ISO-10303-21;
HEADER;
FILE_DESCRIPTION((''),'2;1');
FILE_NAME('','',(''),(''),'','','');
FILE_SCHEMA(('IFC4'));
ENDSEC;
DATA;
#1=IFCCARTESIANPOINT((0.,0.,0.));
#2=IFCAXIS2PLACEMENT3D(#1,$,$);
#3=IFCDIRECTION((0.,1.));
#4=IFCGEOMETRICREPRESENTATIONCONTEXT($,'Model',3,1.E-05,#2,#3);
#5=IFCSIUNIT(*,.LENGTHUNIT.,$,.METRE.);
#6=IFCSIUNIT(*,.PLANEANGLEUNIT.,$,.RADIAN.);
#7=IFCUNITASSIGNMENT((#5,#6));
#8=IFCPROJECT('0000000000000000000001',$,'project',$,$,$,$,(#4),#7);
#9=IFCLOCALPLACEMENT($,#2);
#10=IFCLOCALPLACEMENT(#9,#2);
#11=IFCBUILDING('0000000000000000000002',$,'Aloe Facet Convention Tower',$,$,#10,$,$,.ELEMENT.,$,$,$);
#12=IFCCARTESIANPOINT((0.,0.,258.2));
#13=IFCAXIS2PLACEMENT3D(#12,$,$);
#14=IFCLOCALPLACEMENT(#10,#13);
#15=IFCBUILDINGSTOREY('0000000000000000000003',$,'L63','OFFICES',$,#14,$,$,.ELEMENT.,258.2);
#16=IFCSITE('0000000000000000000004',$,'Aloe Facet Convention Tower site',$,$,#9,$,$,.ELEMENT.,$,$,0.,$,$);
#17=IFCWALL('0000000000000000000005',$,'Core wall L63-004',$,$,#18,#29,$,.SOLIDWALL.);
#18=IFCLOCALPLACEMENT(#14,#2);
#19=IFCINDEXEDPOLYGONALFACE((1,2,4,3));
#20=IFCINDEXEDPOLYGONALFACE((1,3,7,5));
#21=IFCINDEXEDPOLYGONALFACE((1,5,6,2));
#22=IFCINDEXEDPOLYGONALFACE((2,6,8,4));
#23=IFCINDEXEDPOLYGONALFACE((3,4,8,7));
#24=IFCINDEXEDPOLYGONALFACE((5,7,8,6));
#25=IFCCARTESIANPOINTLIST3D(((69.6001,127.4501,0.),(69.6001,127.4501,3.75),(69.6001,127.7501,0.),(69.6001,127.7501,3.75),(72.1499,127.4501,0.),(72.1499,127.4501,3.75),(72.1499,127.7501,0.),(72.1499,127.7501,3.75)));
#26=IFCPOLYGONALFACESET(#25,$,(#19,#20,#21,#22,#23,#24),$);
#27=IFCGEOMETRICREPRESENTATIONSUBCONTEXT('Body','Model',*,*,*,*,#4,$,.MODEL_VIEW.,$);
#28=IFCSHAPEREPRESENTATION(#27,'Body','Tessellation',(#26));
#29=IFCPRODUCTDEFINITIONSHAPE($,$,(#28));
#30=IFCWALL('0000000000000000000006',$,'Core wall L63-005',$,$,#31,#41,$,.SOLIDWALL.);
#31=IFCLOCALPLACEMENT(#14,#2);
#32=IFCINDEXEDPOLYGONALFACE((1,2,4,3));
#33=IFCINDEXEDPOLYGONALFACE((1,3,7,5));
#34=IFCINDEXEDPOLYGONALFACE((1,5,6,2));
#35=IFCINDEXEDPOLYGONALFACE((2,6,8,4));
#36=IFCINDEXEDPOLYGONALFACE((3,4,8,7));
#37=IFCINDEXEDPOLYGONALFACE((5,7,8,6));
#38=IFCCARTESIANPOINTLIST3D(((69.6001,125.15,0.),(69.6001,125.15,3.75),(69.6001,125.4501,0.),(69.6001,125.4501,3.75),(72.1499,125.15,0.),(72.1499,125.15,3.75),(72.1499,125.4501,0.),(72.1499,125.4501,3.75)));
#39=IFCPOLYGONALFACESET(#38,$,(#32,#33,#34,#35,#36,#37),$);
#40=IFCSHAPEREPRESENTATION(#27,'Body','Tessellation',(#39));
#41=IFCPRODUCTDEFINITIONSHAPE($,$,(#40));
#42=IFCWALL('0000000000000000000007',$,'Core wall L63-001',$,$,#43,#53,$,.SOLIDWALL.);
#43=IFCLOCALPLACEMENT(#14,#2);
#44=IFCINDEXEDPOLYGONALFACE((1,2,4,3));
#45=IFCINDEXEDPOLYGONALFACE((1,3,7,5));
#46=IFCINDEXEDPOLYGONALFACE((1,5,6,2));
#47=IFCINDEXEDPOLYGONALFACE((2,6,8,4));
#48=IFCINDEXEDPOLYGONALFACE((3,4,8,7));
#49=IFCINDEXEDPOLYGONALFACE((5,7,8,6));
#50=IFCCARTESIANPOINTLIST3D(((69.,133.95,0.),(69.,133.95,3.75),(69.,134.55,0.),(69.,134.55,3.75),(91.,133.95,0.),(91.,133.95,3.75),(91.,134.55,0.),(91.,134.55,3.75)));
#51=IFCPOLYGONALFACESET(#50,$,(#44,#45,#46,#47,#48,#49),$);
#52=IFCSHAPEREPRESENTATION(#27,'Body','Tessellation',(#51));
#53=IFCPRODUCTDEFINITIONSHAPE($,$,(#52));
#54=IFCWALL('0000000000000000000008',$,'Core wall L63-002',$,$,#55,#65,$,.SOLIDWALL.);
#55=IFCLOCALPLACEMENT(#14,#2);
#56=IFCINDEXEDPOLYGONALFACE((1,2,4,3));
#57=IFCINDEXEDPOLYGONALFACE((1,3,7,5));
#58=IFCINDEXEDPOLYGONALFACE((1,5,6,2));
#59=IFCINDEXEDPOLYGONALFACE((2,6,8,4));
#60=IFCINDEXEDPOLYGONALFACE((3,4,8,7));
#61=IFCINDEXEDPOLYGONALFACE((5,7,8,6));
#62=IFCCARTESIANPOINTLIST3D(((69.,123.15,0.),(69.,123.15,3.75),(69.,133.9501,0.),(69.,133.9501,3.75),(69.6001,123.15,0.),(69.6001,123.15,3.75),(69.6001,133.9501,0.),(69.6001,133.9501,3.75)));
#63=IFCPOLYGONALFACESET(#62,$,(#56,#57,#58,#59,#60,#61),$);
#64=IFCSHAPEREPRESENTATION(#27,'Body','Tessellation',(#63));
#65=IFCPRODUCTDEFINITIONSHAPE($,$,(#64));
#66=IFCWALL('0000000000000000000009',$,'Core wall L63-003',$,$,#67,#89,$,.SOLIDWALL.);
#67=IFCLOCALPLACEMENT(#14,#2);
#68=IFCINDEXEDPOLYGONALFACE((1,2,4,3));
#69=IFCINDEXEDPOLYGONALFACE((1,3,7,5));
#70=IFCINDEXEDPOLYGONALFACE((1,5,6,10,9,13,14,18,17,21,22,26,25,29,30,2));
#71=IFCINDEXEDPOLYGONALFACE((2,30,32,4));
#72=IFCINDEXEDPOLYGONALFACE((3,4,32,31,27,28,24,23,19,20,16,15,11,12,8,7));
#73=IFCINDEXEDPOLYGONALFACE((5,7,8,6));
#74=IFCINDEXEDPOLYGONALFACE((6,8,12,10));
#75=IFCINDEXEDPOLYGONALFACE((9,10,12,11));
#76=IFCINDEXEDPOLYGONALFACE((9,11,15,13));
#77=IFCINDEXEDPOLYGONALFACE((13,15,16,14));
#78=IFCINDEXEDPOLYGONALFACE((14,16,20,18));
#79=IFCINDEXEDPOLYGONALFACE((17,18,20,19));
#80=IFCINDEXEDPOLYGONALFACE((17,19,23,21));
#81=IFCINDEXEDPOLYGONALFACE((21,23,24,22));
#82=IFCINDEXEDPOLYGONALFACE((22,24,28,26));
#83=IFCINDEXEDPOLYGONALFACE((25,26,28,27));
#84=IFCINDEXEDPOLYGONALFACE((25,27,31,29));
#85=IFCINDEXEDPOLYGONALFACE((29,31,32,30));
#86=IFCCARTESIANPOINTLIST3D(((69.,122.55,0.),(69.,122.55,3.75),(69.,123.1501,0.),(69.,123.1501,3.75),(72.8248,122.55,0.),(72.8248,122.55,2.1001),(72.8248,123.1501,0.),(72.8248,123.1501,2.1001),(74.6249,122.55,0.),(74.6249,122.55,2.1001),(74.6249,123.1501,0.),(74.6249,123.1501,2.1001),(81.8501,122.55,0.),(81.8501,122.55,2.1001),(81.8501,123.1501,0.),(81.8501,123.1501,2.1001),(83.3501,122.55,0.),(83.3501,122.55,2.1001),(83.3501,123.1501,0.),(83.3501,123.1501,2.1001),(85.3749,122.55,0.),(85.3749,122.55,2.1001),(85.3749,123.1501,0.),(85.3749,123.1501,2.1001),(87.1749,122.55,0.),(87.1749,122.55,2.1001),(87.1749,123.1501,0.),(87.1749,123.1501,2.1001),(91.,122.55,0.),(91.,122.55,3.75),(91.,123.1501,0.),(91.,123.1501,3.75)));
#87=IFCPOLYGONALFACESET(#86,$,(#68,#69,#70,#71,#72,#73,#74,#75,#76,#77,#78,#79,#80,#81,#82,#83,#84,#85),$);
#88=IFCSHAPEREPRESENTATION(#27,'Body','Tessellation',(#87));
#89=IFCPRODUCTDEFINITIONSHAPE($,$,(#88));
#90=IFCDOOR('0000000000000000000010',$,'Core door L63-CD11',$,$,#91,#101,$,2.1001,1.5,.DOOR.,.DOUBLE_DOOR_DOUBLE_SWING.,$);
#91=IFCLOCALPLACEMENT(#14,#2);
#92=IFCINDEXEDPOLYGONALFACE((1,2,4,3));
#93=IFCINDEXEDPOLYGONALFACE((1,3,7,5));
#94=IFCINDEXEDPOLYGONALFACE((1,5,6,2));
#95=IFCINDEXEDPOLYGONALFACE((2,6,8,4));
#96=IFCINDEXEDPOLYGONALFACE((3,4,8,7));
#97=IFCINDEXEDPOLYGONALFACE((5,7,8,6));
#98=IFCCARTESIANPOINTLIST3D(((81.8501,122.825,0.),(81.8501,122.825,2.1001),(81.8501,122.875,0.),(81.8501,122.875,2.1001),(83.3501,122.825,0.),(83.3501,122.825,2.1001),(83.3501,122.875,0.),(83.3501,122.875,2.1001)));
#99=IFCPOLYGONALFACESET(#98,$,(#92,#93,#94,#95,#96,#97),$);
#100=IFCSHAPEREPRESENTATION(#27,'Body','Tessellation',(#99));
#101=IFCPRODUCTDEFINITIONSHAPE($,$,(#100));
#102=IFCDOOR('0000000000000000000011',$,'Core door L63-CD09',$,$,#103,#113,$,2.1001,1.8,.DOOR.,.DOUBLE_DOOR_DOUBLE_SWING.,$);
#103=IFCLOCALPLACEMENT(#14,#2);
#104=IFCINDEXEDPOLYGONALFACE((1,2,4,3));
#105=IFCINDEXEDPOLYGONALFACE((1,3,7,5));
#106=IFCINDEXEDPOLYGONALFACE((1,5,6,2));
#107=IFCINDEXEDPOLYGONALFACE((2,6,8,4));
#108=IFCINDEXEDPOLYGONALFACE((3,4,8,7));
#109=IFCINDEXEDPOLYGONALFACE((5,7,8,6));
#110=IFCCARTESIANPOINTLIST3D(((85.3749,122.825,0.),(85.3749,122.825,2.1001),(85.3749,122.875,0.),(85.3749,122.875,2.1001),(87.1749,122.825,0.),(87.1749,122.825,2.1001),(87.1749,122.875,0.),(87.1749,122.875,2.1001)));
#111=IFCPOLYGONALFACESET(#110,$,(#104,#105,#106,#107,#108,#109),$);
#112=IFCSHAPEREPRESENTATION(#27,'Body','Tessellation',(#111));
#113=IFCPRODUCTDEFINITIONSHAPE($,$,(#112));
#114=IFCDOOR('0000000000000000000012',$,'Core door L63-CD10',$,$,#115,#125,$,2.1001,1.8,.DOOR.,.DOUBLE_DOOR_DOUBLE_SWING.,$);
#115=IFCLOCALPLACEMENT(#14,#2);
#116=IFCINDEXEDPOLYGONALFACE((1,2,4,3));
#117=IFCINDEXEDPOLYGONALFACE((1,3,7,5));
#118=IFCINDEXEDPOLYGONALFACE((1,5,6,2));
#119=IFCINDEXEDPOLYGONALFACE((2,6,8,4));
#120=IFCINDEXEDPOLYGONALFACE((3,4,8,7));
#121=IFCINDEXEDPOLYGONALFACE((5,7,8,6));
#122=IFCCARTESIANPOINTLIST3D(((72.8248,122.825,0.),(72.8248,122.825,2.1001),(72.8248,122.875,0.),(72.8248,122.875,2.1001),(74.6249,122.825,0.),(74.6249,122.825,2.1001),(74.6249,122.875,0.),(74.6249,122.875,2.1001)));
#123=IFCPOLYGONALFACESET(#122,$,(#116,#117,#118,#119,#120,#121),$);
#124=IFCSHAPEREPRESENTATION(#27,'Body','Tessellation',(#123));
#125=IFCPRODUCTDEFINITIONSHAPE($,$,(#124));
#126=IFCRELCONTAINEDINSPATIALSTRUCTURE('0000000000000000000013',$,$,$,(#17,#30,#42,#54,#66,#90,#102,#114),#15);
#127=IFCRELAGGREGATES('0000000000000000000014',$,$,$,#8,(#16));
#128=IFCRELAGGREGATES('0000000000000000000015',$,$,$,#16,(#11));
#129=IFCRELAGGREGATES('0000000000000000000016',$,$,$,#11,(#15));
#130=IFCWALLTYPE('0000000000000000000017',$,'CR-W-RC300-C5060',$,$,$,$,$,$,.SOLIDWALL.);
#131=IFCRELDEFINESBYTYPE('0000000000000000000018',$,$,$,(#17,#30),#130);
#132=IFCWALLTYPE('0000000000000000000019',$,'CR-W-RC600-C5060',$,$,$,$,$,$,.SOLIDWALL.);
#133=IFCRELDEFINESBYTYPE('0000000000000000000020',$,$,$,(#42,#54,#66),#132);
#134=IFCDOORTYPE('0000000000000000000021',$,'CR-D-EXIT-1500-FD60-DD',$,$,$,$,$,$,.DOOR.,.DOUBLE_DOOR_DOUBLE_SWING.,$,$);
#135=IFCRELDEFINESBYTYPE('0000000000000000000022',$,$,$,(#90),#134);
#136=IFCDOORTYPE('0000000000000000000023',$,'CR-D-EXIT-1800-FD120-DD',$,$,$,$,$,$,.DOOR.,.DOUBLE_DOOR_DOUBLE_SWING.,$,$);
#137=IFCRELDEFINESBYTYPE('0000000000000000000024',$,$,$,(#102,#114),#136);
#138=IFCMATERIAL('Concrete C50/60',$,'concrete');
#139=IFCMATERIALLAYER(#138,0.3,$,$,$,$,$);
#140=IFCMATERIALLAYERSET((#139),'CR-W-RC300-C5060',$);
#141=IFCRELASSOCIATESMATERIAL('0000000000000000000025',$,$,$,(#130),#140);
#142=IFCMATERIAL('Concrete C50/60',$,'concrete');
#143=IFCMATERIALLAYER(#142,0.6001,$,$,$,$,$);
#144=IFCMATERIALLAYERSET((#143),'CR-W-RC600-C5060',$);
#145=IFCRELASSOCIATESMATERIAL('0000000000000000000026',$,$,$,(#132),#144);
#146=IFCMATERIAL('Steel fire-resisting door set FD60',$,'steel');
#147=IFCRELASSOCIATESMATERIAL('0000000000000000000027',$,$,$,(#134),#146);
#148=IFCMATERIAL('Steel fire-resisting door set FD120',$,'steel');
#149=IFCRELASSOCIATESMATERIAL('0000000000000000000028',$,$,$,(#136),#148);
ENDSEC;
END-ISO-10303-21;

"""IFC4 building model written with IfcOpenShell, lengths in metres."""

from ifc_helpers import new_model, si_unit, direction, frame, frame_2d, origin, place, context, subcontext, project, spatial, rectangle, extrude, material, layer, layer_set, type_object, element, fill, save


model = new_model("IFC4")

# Units and contexts
model_context = context("Model", 3, precision=1e-05, world=origin(), true_north=direction((0.0, 1.0)))
body_context = subcontext(model_context, "Body", "Model", "MODEL_VIEW")
ifc_project = project(units=[si_unit("LENGTHUNIT", "METRE"), si_unit("PLANEANGLEUNIT", "RADIAN")], contexts=[model_context])

# Site, building, storey
site_placement = place(None, origin())
site = spatial("IfcSite", under=ifc_project, at=site_placement, Name="Aloe Facet Convention Tower site", CompositionType="ELEMENT", RefElevation=0.0)
building_placement = place(site_placement, origin())
building = spatial("IfcBuilding", under=site, at=building_placement, Name="Aloe Facet Convention Tower", CompositionType="ELEMENT")
storey_placement = place(building_placement, frame((0.0, 0.0, 258.2)))
storey = spatial("IfcBuildingStorey", under=building, at=storey_placement, Name="L63", Description="OFFICES", CompositionType="ELEMENT", Elevation=258.2)

# Walls
ifc_material_1 = material(Name="Concrete C50/60", Category="concrete")
ifc_layer_1 = layer(ifc_material_1, 0.3)
ifc_layer_set_1 = layer_set([ifc_layer_1], Name="CR-W-RC300-C5060")
wall_type_1 = type_object("IfcWallType", Name="CR-W-RC300-C5060", PredefinedType="SOLIDWALL", material=ifc_layer_set_1)
for number, where, z_axis, x_axis, name in (
    (1, (69.6001, 127.6001, 0.0), (0.0, 0.0, 1.0), (1.0, 0.0, 0.0), "Core wall L63-004"),
    (2, (69.6001, 125.3, 0.0), (0.0, 0.0, 1.0), (1.0, 0.0, 0.0), "Core wall L63-005"),
):
    element("IfcWall", number, at=place(storey_placement, frame(where, z_axis=z_axis, x_axis=x_axis)), inside=storey, type_object=wall_type_1, Name=name, PredefinedType="SOLIDWALL", context=body_context, shape_type="SweptSolid", body=[
        extrude(rectangle(XDim=2.5498, YDim=0.3, at=frame_2d((1.2749, 0.0))), origin(), (0.0, 0.0, 1.0), 3.75),
    ])
ifc_material_2 = material(Name="Concrete C50/60", Category="concrete")
ifc_layer_2 = layer(ifc_material_2, 0.6001)
ifc_layer_set_2 = layer_set([ifc_layer_2], Name="CR-W-RC600-C5060")
wall_type_2 = type_object("IfcWallType", Name="CR-W-RC600-C5060", PredefinedType="SOLIDWALL", material=ifc_layer_set_2)
wall_1_placement = place(storey_placement, frame((69.0, 134.25, 0.0), z_axis=(0.0, 0.0, 1.0), x_axis=(1.0, 0.0, 0.0)))
element("IfcWall", 3, at=wall_1_placement, inside=storey, type_object=wall_type_2, Name="Core wall L63-001", PredefinedType="SOLIDWALL", context=body_context, shape_type="SweptSolid", body=[
    extrude(rectangle(XDim=22.0, YDim=0.6001, at=frame_2d((11.0, 0.0))), origin(), (0.0, 0.0, 1.0), 3.75),
])
wall_2_placement = place(storey_placement, frame((69.3, 133.95, 0.0), z_axis=(0.0, 0.0, 1.0), x_axis=(0.0, -1.0, 0.0)))
element("IfcWall", 4, at=wall_2_placement, inside=storey, type_object=wall_type_2, Name="Core wall L63-002", PredefinedType="SOLIDWALL", context=body_context, shape_type="SweptSolid", body=[
    extrude(rectangle(XDim=10.8, YDim=0.6001, at=frame_2d((5.3999, 0.0))), origin(), (0.0, 0.0, 1.0), 3.75),
])

# Wall, openings, doors
wall_3_placement = place(storey_placement, frame((69.0, 122.8501, 0.0), z_axis=(0.0, 0.0, 1.0), x_axis=(1.0, 0.0, 0.0)))
wall_3 = element("IfcWall", 5, at=wall_3_placement, inside=storey, type_object=wall_type_2, Name="Core wall L63-003", PredefinedType="SOLIDWALL", context=body_context, shape_type="SweptSolid", body=[
    extrude(rectangle(XDim=22.0, YDim=0.6001, at=frame_2d((11.0, 0.0))), origin(), (0.0, 0.0, 1.0), 3.75),
])
opening_1_placement = place(wall_3_placement, frame((16.375, 0.0, 0.0)))
opening_1 = element("IfcOpeningElement", 6, at=opening_1_placement, cuts=wall_3, PredefinedType="OPENING", context=body_context, shape_type="SweptSolid", body=[
    extrude(rectangle(XDim=1.8, YDim=2.1001, at=frame_2d((0.8999, 1.05))), frame((0.0, 0.3101, 0.0), z_axis=(0.0, -1.0, 0.0), x_axis=(1.0, 0.0, 0.0)), (0.0, 0.0, 1.0), 0.6201),
])
opening_2_placement = place(wall_3_placement, frame((3.825, 0.0, 0.0)))
opening_2 = element("IfcOpeningElement", 7, at=opening_2_placement, cuts=wall_3, PredefinedType="OPENING", context=body_context, shape_type="SweptSolid", body=[
    extrude(rectangle(XDim=1.8, YDim=2.1001, at=frame_2d((0.8999, 1.05))), frame((0.0, 0.3101, 0.0), z_axis=(0.0, -1.0, 0.0), x_axis=(1.0, 0.0, 0.0)), (0.0, 0.0, 1.0), 0.6201),
])
opening_3_placement = place(wall_3_placement, frame((12.8501, 0.0, 0.0)))
opening_3 = element("IfcOpeningElement", 8, at=opening_3_placement, cuts=wall_3, PredefinedType="OPENING", context=body_context, shape_type="SweptSolid", body=[
    extrude(rectangle(XDim=1.5, YDim=2.1001, at=frame_2d((0.75, 1.05))), frame((0.0, 0.3101, 0.0), z_axis=(0.0, -1.0, 0.0), x_axis=(1.0, 0.0, 0.0)), (0.0, 0.0, 1.0), 0.6201),
])
ifc_material_3 = material(Name="Steel fire-resisting door set FD60", Category="steel")
door_type_1 = type_object("IfcDoorType", Name="CR-D-EXIT-1500-FD60-DD", OperationType="DOUBLE_DOOR_DOUBLE_SWING", PredefinedType="DOOR", material=ifc_material_3)
door_1_placement = place(opening_3_placement, origin())
door_1 = element("IfcDoor", 9, at=door_1_placement, inside=storey, type_object=door_type_1, Name="Core door L63-CD11", OperationType="DOUBLE_DOOR_DOUBLE_SWING", OverallHeight=2.1001, OverallWidth=1.5, PredefinedType="DOOR", context=body_context, shape_type="SweptSolid", body=[
    extrude(rectangle(XDim=1.5, YDim=2.1001, at=frame_2d((0.75, 1.05))), frame((0.0, 0.0249, 0.0), z_axis=(0.0, -1.0, 0.0), x_axis=(1.0, 0.0, 0.0)), (0.0, 0.0, 1.0), 0.05),
])
fill(opening_3, door_1)
ifc_material_4 = material(Name="Steel fire-resisting door set FD120", Category="steel")
door_type_2 = type_object("IfcDoorType", Name="CR-D-EXIT-1800-FD120-DD", OperationType="DOUBLE_DOOR_DOUBLE_SWING", PredefinedType="DOOR", material=ifc_material_4)
door_2_placement = place(opening_1_placement, origin())
door_2 = element("IfcDoor", 10, at=door_2_placement, inside=storey, type_object=door_type_2, Name="Core door L63-CD09", OperationType="DOUBLE_DOOR_DOUBLE_SWING", OverallHeight=2.1001, OverallWidth=1.8, PredefinedType="DOOR", context=body_context, shape_type="SweptSolid", body=[
    extrude(rectangle(XDim=1.8, YDim=2.1001, at=frame_2d((0.8999, 1.05))), frame((0.0, 0.0249, 0.0), z_axis=(0.0, -1.0, 0.0), x_axis=(1.0, 0.0, 0.0)), (0.0, 0.0, 1.0), 0.05),
])
fill(opening_1, door_2)
door_3_placement = place(opening_2_placement, origin())
door_3 = element("IfcDoor", 11, at=door_3_placement, inside=storey, type_object=door_type_2, Name="Core door L63-CD10", OperationType="DOUBLE_DOOR_DOUBLE_SWING", OverallHeight=2.1001, OverallWidth=1.8, PredefinedType="DOOR", context=body_context, shape_type="SweptSolid", body=[
    extrude(rectangle(XDim=1.8, YDim=2.1001, at=frame_2d((0.8999, 1.05))), frame((0.0, 0.0249, 0.0), z_axis=(0.0, -1.0, 0.0), x_axis=(1.0, 0.0, 0.0)), (0.0, 0.0, 1.0), 0.05),
])
fill(opening_2, door_3)

save(model, "model.ifc")
